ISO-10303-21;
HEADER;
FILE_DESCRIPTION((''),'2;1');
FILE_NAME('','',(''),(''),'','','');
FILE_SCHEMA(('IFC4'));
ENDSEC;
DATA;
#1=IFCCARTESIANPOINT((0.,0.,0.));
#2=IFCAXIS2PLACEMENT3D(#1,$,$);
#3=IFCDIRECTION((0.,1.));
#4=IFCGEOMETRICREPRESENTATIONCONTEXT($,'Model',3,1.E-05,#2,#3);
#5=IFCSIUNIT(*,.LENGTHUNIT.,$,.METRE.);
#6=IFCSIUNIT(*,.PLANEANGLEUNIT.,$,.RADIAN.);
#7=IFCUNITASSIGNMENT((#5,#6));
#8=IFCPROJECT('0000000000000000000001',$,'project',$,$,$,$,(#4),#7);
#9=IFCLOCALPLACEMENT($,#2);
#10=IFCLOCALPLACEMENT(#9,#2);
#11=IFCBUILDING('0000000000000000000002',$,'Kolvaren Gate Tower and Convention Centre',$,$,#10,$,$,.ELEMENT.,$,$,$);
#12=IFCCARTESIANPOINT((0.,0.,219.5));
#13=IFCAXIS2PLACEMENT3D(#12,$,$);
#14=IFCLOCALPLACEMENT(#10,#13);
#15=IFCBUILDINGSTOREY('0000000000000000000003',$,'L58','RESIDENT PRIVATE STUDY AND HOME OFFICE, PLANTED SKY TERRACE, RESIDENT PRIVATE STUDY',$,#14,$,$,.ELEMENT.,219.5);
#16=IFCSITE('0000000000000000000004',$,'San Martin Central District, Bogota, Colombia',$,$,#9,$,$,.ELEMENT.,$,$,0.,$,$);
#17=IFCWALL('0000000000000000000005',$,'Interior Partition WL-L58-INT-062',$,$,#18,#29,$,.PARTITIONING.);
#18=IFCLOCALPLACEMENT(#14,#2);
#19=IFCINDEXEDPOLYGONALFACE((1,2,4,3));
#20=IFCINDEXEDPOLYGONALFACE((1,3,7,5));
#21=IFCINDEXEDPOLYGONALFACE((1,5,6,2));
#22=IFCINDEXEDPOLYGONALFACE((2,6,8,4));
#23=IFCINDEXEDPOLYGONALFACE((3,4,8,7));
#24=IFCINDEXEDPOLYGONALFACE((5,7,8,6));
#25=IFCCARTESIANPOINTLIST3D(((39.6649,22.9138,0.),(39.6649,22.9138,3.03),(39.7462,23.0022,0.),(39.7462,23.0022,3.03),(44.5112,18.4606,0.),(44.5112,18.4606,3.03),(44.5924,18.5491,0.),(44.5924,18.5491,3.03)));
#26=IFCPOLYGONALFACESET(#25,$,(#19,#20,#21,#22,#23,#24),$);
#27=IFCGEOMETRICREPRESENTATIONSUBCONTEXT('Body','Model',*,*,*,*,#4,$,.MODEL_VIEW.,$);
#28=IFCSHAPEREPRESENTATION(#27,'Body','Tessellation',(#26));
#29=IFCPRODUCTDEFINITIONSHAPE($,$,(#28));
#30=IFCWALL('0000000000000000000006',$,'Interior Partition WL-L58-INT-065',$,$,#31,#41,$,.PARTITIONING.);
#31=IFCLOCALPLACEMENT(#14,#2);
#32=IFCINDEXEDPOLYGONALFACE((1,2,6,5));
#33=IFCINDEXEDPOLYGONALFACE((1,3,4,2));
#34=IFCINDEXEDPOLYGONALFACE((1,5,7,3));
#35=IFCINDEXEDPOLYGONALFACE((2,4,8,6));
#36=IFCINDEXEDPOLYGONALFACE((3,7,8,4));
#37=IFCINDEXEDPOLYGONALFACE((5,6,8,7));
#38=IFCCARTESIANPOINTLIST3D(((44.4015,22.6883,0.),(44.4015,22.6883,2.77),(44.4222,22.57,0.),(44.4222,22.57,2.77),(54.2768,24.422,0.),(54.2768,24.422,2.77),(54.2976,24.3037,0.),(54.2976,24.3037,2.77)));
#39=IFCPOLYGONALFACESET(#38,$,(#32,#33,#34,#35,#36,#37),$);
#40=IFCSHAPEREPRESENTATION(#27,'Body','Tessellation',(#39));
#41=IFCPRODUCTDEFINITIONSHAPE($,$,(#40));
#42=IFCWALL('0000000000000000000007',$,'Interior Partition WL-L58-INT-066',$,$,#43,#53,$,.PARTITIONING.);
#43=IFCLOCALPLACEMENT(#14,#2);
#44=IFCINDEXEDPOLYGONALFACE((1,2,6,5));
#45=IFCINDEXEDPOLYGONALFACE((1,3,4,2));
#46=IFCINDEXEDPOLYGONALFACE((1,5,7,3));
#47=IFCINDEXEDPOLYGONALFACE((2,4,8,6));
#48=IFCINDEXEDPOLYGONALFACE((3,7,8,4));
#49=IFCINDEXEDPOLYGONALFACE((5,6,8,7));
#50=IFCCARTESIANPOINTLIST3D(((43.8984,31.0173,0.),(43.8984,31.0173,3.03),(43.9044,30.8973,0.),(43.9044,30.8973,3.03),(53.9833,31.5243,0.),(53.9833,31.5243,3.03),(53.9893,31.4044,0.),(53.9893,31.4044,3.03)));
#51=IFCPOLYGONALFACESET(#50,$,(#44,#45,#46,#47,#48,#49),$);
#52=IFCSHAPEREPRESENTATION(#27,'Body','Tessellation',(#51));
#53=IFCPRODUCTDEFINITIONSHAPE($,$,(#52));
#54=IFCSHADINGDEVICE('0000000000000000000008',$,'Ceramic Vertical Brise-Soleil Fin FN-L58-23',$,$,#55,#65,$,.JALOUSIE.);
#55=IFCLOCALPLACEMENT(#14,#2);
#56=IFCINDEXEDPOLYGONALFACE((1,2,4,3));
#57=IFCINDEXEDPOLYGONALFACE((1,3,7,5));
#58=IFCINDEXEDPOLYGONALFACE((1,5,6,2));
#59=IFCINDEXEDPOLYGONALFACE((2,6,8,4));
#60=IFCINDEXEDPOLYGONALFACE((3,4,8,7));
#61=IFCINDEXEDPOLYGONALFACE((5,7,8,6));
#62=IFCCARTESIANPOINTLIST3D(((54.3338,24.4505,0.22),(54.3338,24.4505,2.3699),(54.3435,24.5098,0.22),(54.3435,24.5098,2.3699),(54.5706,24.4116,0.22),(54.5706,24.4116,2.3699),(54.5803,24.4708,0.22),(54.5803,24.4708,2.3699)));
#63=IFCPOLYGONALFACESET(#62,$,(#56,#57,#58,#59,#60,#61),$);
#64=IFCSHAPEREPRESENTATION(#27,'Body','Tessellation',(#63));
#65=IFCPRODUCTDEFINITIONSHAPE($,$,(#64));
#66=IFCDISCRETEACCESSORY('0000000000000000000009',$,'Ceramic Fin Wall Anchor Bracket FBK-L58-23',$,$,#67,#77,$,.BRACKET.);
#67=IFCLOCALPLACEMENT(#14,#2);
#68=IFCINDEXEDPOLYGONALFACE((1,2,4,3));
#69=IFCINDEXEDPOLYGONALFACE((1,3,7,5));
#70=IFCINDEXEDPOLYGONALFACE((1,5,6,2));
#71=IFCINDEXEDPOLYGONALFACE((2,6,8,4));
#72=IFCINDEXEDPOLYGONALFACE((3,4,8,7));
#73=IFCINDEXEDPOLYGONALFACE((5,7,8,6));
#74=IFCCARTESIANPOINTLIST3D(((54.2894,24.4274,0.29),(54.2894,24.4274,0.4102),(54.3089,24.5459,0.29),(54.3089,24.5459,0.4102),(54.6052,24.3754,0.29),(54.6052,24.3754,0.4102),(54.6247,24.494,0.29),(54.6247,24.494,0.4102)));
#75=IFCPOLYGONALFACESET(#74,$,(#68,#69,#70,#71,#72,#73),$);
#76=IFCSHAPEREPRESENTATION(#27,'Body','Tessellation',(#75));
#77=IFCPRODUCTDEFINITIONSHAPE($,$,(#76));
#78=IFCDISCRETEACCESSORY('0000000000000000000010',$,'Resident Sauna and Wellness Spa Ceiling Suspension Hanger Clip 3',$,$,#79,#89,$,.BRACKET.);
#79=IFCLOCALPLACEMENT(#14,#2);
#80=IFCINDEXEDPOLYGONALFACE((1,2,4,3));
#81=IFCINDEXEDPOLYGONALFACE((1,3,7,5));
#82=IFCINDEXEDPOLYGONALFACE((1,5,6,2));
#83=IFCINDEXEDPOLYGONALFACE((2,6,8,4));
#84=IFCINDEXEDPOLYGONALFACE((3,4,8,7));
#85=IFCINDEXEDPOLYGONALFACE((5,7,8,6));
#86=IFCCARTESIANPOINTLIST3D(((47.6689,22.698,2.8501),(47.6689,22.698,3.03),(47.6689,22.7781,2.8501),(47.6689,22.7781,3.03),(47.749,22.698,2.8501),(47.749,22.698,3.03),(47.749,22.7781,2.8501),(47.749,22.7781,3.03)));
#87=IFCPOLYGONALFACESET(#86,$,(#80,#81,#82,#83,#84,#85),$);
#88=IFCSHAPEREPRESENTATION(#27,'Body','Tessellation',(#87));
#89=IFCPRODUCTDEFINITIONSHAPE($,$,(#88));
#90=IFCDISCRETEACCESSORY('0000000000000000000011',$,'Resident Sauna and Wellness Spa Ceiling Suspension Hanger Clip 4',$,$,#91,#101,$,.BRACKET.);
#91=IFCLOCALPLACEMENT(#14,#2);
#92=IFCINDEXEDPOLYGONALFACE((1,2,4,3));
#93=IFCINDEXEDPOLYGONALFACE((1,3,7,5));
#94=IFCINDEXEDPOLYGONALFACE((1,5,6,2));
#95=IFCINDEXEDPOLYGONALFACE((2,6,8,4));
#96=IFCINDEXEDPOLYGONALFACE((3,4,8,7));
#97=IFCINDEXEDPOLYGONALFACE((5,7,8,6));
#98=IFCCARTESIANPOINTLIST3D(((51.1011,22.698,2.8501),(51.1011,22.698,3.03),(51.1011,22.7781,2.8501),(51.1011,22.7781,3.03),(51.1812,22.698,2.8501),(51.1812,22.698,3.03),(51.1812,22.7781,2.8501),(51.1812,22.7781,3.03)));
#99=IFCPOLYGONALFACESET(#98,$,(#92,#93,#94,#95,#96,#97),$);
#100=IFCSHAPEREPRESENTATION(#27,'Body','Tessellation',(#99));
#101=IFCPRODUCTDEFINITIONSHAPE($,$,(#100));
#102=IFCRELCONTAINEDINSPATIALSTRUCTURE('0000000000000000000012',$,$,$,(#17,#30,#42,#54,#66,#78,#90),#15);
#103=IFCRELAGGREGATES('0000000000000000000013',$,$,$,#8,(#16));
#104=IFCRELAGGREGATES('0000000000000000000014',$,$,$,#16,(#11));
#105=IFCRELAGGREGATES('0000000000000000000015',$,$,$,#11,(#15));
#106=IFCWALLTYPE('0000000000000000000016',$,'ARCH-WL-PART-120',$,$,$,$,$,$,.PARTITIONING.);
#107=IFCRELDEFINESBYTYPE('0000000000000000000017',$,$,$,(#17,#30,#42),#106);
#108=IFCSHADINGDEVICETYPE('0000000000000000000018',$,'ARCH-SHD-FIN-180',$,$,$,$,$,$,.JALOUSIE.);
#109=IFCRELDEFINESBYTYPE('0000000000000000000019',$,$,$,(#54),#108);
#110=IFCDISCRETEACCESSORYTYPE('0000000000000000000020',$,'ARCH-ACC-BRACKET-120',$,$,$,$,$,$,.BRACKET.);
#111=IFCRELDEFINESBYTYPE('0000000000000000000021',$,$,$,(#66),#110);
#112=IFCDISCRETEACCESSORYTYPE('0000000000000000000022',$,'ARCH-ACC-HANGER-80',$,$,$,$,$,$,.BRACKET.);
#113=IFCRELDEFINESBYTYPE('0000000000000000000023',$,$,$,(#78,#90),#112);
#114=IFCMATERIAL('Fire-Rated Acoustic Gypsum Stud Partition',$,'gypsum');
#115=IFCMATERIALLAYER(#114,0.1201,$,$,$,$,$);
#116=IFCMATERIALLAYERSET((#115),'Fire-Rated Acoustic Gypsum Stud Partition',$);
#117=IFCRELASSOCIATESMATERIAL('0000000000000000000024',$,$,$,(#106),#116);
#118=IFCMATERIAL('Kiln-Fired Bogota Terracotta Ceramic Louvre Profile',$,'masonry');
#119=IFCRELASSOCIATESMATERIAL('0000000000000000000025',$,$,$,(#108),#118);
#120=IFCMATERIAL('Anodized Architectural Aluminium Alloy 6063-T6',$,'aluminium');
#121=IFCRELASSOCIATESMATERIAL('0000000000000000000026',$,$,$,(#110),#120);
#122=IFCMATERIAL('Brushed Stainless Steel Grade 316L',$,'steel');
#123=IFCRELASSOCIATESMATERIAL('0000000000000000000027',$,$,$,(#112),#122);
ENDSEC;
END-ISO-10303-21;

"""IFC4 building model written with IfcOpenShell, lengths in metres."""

from ifc_helpers import new_model, si_unit, direction, frame, frame_2d, origin, origin_2d, place, context, subcontext, project, spatial, rectangle, extrude, material, layer, layer_set, type_object, element, save


model = new_model("IFC4")

# Units and contexts
model_context = context("Model", 3, precision=1e-05, world=origin(), true_north=direction((0.0, 1.0)))
body_context = subcontext(model_context, "Body", "Model", "MODEL_VIEW")
ifc_project = project(units=[si_unit("LENGTHUNIT", "METRE"), si_unit("PLANEANGLEUNIT", "RADIAN")], contexts=[model_context])

# Site, building, storey
site_placement = place(None, origin())
site = spatial("IfcSite", under=ifc_project, at=site_placement, Name="San Martin Central District, Bogota, Colombia", CompositionType="ELEMENT", RefElevation=0.0)
building_placement = place(site_placement, origin())
building = spatial("IfcBuilding", under=site, at=building_placement, Name="Kolvaren Gate Tower and Convention Centre", CompositionType="ELEMENT")
storey_placement = place(building_placement, frame((0.0, 0.0, 219.5)))
storey = spatial("IfcBuildingStorey", under=building, at=storey_placement, Name="L58", Description="RESIDENT PRIVATE STUDY AND HOME OFFICE, PLANTED SKY TERRACE, RESIDENT PRIVATE STUDY", CompositionType="ELEMENT", Elevation=219.5)

# Shared definitions
ifc_material_1 = material(Name="Fire-Rated Acoustic Gypsum Stud Partition", Category="gypsum")
ifc_layer_1 = layer(ifc_material_1, 0.1201)
ifc_layer_set_1 = layer_set([ifc_layer_1], Name="Fire-Rated Acoustic Gypsum Stud Partition")
wall_type_1 = type_object("IfcWallType", Name="ARCH-WL-PART-120", PredefinedType="PARTITIONING", material=ifc_layer_set_1)

# Walls
wall_1_placement = place(storey_placement, frame((39.7056, 22.958, 0.0), z_axis=(0.0, 0.0, 1.0), x_axis=(0.736338, -0.676614, 0.0)))
element("IfcWall", 1, at=wall_1_placement, inside=storey, type_object=wall_type_1, Name="Interior Partition WL-L58-INT-062", PredefinedType="PARTITIONING", context=body_context, shape_type="SweptSolid", body=[
    extrude(rectangle(XDim=6.5815, YDim=0.1201, at=frame_2d((3.2908, 0.0))), origin(), (0.0, 0.0, 1.0), 3.03),
])
wall_2_placement = place(storey_placement, frame((44.4119, 22.6292, 0.0), z_axis=(0.0, 0.0, 1.0), x_axis=(0.984938, 0.17291, 0.0)))
element("IfcWall", 2, at=wall_2_placement, inside=storey, type_object=wall_type_1, Name="Interior Partition WL-L58-INT-065", PredefinedType="PARTITIONING", context=body_context, shape_type="SweptSolid", body=[
    extrude(rectangle(XDim=10.0264, YDim=0.1201, at=frame_2d((5.0132, 0.0))), origin(), (0.0, 0.0, 1.0), 2.77),
])
wall_3_placement = place(storey_placement, frame((43.9014, 30.9573, 0.0), z_axis=(0.0, 0.0, 1.0), x_axis=(0.998738, 0.050217, 0.0)))
element("IfcWall", 3, at=wall_3_placement, inside=storey, type_object=wall_type_1, Name="Interior Partition WL-L58-INT-066", PredefinedType="PARTITIONING", context=body_context, shape_type="SweptSolid", body=[
    extrude(rectangle(XDim=10.0977, YDim=0.1201, at=frame_2d((5.0488, 0.0))), origin(), (0.0, 0.0, 1.0), 3.03),
])

# Shading device
ifc_material_2 = material(Name="Kiln-Fired Bogota Terracotta Ceramic Louvre Profile", Category="masonry")
shading_device_type = type_object("IfcShadingDeviceType", Name="ARCH-SHD-FIN-180", PredefinedType="JALOUSIE", material=ifc_material_2)
shading_device_placement = place(storey_placement, frame((54.457, 24.4607, 0.22), z_axis=(0.0, 0.0, 1.0), x_axis=(0.162375, 0.986729, 0.0)))
element("IfcShadingDevice", 4, at=shading_device_placement, inside=storey, type_object=shading_device_type, Name="Ceramic Vertical Brise-Soleil Fin FN-L58-23", PredefinedType="JALOUSIE", context=body_context, shape_type="SweptSolid", body=[
    extrude(rectangle(XDim=0.0601, YDim=0.24, at=origin_2d()), origin(), (0.0, 0.0, 1.0), 2.1499),
])

# Discrete accessories
ifc_material_3 = material(Name="Anodized Architectural Aluminium Alloy 6063-T6", Category="aluminium")
discrete_accessory_type_1 = type_object("IfcDiscreteAccessoryType", Name="ARCH-ACC-BRACKET-120", PredefinedType="BRACKET", material=ifc_material_3)
discrete_accessory_placement = place(storey_placement, frame((54.457, 24.4607, 0.29), z_axis=(0.0, 0.0, 1.0), x_axis=(0.162375, 0.986729, 0.0)))
element("IfcDiscreteAccessory", 5, at=discrete_accessory_placement, inside=storey, type_object=discrete_accessory_type_1, Name="Ceramic Fin Wall Anchor Bracket FBK-L58-23", PredefinedType="BRACKET", context=body_context, shape_type="SweptSolid", body=[
    extrude(rectangle(XDim=0.1201, YDim=0.3201, at=origin_2d()), origin(), (0.0, 0.0, 1.0), 0.1201),
])
ifc_material_4 = material(Name="Brushed Stainless Steel Grade 316L", Category="steel")
discrete_accessory_type_2 = type_object("IfcDiscreteAccessoryType", Name="ARCH-ACC-HANGER-80", PredefinedType="BRACKET", material=ifc_material_4)
for number, where, z_axis, x_axis, name in (
    (6, (47.709, 22.738, 2.8501), (0.0, 0.0, 1.0), (1.0, 0.0, 0.0), "Resident Sauna and Wellness Spa Ceiling Suspension Hanger Clip 3"),
    (7, (51.1411, 22.738, 2.8501), (0.0, 0.0, 1.0), (1.0, 0.0, 0.0), "Resident Sauna and Wellness Spa Ceiling Suspension Hanger Clip 4"),
):
    element("IfcDiscreteAccessory", number, at=place(storey_placement, frame(where, z_axis=z_axis, x_axis=x_axis)), inside=storey, type_object=discrete_accessory_type_2, Name=name, PredefinedType="BRACKET", context=body_context, shape_type="SweptSolid", body=[
        extrude(rectangle(XDim=0.0801, YDim=0.0801, at=origin_2d()), origin(), (0.0, 0.0, 1.0), 0.1799),
    ])

save(model, "model.ifc")
